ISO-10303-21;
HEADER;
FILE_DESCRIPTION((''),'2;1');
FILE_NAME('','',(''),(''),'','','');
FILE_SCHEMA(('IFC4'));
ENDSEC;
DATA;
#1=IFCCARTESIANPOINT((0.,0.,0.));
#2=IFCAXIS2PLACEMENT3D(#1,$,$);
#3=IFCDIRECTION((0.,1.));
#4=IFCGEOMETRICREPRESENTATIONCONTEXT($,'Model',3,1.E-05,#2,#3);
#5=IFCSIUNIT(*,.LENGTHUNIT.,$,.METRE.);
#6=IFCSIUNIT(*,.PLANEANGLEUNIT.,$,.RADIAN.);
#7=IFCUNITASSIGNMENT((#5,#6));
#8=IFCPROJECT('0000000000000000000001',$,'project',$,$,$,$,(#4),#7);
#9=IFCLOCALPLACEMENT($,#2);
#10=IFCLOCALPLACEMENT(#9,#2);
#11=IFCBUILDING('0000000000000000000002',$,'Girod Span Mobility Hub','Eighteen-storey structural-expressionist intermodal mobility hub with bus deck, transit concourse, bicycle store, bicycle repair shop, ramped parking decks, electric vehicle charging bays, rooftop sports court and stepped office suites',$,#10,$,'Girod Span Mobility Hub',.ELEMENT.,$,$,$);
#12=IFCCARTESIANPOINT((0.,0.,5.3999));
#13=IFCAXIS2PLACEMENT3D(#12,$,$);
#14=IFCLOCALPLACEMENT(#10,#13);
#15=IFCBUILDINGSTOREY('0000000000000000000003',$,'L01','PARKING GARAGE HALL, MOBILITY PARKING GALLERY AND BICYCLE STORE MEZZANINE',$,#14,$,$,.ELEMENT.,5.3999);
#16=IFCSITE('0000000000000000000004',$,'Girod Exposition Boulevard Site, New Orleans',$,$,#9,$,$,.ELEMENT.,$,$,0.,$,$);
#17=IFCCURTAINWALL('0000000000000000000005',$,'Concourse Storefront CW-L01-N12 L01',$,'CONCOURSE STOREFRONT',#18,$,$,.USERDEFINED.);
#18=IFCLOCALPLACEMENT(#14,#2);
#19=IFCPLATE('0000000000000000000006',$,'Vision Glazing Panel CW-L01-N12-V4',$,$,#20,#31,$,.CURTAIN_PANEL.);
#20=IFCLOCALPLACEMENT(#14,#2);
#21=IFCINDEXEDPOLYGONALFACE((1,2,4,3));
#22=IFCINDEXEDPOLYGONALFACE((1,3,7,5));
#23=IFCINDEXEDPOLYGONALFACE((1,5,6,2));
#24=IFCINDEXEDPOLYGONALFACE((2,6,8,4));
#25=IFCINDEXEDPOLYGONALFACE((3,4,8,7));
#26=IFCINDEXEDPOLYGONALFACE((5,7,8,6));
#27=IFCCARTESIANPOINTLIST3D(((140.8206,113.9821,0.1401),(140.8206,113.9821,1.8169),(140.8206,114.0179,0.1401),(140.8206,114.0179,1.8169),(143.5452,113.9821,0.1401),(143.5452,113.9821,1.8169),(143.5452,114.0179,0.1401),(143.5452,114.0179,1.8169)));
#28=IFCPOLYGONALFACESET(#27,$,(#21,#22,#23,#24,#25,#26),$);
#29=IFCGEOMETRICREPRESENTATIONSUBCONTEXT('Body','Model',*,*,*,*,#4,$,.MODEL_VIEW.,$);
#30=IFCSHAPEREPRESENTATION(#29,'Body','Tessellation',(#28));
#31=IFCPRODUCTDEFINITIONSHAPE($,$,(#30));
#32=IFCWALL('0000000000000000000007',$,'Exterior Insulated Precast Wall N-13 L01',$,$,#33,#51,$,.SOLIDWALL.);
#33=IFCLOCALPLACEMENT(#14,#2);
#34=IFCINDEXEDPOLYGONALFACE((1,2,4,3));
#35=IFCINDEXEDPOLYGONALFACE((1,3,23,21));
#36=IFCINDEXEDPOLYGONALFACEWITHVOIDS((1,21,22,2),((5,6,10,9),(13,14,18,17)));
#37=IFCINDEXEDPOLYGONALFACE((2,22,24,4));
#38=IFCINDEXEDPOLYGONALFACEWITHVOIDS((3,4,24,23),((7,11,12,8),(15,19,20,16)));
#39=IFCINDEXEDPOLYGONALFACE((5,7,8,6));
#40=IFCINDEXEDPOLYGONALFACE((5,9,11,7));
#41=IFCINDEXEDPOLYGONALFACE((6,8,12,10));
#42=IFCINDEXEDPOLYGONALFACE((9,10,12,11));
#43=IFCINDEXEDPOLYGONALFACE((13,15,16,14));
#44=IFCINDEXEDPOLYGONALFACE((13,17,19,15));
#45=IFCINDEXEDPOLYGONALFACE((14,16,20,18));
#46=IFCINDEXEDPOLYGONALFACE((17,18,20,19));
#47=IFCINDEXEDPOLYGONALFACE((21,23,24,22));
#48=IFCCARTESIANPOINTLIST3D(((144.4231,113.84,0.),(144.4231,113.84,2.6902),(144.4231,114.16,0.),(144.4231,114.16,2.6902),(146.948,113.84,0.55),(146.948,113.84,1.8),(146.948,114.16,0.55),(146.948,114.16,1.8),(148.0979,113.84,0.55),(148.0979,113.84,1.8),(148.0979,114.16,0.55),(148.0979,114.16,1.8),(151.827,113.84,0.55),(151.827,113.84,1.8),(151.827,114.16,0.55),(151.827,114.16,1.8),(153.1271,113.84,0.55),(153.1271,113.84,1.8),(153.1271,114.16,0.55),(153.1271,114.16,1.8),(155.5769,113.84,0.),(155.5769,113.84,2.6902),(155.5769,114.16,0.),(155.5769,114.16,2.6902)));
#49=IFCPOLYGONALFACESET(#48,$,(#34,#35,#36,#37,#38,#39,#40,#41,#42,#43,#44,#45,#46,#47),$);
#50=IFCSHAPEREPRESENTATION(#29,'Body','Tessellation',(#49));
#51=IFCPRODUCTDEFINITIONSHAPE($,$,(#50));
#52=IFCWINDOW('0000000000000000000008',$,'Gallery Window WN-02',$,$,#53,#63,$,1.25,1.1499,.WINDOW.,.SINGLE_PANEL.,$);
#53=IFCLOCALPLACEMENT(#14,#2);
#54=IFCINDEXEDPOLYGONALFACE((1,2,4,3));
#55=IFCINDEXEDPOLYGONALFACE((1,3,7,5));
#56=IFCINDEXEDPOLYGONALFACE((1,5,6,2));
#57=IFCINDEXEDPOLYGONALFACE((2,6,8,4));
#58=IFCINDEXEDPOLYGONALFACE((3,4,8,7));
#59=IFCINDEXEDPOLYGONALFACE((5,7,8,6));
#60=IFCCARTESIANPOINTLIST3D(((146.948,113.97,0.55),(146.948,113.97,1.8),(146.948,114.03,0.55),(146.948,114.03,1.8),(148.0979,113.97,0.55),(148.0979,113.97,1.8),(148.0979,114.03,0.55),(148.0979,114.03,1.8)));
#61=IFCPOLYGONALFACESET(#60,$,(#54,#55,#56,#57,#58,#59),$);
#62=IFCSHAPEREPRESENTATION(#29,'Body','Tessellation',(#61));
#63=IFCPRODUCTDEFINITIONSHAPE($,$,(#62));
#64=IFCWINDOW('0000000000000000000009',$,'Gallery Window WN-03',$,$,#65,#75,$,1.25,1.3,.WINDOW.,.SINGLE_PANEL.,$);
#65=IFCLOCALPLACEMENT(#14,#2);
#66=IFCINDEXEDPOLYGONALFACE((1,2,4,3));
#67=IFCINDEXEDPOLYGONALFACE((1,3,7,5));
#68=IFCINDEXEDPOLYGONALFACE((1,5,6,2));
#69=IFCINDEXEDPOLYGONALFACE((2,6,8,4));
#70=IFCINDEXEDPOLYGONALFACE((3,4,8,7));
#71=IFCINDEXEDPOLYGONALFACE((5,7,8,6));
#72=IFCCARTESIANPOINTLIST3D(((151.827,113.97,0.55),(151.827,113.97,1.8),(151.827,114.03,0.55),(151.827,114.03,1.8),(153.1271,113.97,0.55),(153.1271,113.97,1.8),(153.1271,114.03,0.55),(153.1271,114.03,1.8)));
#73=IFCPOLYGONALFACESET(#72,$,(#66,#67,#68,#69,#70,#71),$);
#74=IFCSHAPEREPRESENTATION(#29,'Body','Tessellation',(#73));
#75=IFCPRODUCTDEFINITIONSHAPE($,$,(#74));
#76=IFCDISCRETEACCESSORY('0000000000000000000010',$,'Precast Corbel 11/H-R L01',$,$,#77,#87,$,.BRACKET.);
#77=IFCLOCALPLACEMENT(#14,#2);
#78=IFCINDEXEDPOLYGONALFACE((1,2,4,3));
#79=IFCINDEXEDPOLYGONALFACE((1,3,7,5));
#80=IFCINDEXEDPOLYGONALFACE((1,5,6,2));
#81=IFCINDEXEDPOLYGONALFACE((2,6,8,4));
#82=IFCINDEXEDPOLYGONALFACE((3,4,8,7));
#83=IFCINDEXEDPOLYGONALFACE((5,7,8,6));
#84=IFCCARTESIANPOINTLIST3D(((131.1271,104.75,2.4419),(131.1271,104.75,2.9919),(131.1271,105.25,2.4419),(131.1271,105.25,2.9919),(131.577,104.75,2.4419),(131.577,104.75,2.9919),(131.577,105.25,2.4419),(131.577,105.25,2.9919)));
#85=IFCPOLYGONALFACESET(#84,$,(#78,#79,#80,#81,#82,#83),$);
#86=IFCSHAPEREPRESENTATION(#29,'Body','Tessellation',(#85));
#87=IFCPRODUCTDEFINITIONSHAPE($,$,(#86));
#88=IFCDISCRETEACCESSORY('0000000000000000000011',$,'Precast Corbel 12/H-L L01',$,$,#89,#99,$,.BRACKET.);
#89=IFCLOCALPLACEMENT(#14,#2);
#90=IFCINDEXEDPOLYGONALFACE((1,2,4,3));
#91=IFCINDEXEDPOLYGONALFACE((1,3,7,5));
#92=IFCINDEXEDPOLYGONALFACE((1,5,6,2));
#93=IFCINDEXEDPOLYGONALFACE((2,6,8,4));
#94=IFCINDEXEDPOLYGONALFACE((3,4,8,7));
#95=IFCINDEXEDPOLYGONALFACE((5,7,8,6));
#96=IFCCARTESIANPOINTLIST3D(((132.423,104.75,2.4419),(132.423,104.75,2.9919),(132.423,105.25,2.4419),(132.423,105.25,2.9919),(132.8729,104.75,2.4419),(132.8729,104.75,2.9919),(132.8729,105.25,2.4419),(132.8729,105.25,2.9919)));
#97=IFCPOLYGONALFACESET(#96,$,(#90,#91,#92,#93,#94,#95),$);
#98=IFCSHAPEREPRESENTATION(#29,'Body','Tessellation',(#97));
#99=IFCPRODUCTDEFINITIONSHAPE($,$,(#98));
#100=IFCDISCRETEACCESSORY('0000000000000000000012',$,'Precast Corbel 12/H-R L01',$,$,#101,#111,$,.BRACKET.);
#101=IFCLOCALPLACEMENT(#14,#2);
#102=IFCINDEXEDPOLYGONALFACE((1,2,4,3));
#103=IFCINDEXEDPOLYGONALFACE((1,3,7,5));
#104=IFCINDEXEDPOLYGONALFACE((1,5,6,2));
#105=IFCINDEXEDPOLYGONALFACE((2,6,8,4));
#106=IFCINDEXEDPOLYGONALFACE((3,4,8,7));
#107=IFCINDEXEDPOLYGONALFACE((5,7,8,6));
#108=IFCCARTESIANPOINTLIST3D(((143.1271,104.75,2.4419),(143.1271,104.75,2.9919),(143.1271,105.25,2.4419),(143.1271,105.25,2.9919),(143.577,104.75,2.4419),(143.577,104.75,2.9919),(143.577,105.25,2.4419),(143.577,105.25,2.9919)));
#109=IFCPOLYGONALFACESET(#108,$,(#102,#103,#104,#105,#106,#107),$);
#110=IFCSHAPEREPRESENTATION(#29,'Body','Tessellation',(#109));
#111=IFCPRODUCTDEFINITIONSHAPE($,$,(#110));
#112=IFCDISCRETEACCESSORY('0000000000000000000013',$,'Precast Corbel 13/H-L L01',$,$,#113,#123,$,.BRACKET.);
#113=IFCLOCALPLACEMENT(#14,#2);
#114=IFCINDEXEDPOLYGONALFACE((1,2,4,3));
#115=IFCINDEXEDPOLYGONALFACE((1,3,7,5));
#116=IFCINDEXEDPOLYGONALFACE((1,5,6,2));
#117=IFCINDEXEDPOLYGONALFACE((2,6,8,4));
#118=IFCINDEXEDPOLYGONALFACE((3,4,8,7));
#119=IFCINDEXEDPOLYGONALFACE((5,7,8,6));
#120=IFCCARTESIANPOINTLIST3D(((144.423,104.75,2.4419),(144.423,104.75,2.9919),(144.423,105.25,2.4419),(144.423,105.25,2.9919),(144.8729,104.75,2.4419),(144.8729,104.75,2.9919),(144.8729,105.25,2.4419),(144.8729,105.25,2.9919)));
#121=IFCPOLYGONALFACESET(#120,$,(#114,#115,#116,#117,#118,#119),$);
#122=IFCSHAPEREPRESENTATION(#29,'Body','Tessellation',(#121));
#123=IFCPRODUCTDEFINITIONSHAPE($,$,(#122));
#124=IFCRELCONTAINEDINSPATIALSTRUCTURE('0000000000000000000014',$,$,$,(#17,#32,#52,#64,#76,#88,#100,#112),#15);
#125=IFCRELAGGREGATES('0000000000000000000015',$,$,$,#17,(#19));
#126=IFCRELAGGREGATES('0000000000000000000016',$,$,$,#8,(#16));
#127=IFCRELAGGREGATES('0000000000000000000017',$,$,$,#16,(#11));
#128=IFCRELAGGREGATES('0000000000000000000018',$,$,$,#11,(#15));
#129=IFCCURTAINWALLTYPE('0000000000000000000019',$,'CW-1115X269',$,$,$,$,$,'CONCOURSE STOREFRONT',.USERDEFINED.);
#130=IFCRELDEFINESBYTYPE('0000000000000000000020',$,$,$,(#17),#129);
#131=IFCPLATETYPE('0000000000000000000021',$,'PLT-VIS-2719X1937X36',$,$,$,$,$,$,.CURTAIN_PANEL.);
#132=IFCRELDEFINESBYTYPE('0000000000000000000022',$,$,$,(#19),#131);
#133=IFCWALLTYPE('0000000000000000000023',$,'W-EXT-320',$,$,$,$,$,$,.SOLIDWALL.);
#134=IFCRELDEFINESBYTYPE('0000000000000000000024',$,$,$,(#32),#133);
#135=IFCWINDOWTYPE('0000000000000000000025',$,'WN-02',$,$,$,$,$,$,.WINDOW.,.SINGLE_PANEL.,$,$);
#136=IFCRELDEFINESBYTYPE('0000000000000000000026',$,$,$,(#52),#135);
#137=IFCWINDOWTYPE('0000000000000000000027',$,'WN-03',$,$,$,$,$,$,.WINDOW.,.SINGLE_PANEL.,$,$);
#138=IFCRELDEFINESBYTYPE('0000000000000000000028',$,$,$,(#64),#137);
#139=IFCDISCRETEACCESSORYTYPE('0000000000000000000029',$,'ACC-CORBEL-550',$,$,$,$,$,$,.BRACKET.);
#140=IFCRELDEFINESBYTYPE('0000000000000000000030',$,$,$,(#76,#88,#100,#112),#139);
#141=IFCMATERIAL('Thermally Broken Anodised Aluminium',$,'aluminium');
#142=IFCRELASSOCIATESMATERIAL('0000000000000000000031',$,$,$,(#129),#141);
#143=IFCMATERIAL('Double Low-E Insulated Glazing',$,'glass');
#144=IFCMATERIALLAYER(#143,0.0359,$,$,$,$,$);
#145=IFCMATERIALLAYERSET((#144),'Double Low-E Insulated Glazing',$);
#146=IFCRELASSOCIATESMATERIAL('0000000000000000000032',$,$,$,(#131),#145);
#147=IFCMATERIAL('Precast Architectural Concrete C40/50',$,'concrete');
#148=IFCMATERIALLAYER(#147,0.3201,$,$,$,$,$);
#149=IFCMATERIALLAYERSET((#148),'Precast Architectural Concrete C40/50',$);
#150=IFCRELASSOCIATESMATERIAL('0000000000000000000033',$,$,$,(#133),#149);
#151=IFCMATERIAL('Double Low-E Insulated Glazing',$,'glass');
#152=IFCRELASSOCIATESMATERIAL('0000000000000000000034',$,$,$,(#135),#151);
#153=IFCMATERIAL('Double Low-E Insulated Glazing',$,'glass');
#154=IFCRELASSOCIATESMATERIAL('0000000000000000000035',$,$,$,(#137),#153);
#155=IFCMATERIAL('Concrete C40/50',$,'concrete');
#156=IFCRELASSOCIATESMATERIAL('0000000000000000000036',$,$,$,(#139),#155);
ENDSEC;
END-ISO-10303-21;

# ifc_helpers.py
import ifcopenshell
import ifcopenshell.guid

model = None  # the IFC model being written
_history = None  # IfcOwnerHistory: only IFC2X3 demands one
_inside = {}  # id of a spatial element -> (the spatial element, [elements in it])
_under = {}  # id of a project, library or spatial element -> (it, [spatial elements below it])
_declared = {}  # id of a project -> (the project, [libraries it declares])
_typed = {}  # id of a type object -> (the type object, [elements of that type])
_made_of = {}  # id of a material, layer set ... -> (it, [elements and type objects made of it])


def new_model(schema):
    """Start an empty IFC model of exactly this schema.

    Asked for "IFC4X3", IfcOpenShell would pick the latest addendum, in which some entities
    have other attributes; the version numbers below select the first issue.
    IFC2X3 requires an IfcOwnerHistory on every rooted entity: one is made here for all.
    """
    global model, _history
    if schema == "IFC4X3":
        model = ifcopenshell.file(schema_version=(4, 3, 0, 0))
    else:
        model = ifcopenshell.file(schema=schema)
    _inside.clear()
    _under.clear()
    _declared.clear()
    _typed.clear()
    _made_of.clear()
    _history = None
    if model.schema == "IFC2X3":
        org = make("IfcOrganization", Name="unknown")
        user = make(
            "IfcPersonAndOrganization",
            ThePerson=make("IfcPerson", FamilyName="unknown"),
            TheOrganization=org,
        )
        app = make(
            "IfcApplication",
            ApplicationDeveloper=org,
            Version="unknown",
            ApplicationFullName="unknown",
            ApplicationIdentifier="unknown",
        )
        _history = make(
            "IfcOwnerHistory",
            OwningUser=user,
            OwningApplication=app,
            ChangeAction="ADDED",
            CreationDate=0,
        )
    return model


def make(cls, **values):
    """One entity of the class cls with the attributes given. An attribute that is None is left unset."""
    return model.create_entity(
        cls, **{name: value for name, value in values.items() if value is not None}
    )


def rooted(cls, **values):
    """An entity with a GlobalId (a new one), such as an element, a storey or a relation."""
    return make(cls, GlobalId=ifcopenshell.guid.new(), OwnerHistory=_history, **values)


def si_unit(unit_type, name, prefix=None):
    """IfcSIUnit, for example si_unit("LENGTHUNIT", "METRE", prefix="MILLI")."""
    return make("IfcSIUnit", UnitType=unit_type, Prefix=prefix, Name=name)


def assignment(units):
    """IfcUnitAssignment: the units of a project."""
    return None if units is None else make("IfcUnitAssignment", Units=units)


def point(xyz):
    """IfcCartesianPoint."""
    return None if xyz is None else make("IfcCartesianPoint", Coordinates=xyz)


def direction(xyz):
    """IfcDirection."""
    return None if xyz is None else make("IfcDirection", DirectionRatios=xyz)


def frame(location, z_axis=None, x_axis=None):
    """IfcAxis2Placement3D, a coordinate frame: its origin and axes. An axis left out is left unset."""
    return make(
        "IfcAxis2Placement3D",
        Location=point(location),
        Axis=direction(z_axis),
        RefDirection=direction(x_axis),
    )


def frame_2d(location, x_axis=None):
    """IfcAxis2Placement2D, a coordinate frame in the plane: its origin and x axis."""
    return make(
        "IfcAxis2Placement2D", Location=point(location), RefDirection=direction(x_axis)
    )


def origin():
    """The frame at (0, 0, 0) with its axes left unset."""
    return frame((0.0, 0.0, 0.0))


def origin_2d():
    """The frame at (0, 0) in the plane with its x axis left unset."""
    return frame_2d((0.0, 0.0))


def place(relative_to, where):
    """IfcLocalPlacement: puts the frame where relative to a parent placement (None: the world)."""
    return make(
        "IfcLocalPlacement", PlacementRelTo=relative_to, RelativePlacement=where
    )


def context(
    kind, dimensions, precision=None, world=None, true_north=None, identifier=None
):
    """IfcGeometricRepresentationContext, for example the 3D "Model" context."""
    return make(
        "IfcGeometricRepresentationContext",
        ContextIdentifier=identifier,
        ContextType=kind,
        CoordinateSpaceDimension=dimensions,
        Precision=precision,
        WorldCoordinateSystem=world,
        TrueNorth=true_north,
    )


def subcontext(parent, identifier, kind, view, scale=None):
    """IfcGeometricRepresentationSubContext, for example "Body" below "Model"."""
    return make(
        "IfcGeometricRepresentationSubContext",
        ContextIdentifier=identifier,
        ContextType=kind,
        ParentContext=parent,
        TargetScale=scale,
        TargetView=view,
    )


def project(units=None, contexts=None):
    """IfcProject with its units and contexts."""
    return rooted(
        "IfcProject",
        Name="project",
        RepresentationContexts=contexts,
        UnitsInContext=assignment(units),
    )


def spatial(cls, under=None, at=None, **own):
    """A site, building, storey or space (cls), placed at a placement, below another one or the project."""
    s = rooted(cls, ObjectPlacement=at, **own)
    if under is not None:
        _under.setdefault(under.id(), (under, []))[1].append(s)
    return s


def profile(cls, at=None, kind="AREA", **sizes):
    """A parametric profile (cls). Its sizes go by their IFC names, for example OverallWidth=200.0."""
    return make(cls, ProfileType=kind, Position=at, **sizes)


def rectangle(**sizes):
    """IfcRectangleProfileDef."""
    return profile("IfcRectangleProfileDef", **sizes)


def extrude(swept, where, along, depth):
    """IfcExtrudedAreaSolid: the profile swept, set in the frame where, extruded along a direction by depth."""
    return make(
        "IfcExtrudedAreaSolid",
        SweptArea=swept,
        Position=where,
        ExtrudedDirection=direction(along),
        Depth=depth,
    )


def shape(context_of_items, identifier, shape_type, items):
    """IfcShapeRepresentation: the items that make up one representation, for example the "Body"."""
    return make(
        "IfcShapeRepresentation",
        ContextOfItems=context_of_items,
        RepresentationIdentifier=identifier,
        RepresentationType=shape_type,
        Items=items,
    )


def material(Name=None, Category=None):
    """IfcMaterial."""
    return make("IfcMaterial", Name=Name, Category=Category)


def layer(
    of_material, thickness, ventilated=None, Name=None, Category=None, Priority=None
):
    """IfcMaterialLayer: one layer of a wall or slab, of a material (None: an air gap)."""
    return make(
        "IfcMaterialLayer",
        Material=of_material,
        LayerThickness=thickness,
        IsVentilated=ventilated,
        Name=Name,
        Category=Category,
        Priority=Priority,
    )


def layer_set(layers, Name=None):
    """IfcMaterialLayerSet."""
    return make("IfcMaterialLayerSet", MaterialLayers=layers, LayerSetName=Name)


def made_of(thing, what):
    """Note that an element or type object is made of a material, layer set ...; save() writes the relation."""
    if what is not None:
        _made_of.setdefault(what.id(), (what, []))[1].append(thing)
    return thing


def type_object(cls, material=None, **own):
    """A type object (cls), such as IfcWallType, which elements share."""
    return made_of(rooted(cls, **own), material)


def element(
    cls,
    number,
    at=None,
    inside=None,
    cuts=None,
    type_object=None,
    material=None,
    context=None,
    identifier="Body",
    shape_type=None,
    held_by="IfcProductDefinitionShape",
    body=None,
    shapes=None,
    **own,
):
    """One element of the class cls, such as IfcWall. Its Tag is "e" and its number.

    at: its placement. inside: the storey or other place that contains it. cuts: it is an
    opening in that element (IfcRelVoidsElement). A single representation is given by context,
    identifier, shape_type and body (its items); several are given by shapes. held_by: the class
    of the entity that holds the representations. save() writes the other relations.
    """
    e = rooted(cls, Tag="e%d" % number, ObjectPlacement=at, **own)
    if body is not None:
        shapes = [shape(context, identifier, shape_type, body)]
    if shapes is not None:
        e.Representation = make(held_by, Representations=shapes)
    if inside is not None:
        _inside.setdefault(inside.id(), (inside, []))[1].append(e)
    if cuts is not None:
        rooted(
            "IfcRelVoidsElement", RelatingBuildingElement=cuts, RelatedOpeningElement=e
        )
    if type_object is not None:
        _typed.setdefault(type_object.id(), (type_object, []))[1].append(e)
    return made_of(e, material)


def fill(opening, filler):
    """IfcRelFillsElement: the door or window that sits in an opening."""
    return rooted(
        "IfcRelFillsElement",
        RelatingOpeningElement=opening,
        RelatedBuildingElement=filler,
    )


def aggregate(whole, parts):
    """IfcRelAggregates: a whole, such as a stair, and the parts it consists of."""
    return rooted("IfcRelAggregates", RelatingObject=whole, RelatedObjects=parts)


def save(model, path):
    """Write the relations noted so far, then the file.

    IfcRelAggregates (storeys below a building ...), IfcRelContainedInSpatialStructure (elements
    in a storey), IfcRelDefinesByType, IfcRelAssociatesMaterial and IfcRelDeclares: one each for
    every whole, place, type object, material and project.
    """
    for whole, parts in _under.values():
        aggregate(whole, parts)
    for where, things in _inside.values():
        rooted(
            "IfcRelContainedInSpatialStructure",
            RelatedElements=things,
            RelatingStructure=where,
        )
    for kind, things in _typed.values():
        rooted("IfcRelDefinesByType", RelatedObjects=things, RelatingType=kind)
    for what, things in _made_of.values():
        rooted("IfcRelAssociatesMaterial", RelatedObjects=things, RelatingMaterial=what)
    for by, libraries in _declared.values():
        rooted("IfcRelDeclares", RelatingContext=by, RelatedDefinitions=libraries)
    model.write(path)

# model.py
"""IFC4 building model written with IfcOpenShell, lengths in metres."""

from ifc_helpers import new_model, si_unit, direction, frame, frame_2d, origin, origin_2d, place, context, subcontext, project, spatial, rectangle, extrude, material, layer, layer_set, type_object, element, fill, aggregate, save


model = new_model("IFC4")

# Units and contexts
model_context = context("Model", 3, precision=1e-05, world=origin(), true_north=direction((0.0, 1.0)))
body_context = subcontext(model_context, "Body", "Model", "MODEL_VIEW")
ifc_project = project(units=[si_unit("LENGTHUNIT", "METRE"), si_unit("PLANEANGLEUNIT", "RADIAN")], contexts=[model_context])

# Site, building, storey
site_placement = place(None, origin())
site = spatial("IfcSite", under=ifc_project, at=site_placement, Name="Girod Exposition Boulevard Site, New Orleans", CompositionType="ELEMENT", RefElevation=0.0)
building_placement = place(site_placement, origin())
building = spatial("IfcBuilding", under=site, at=building_placement, Name="Girod Span Mobility Hub", Description="Eighteen-storey structural-expressionist intermodal mobility hub with bus deck, transit concourse, bicycle store, bicycle repair shop, ramped parking decks, electric vehicle charging bays, rooftop sports court and stepped office suites", LongName="Girod Span Mobility Hub", CompositionType="ELEMENT")
storey_placement = place(building_placement, frame((0.0, 0.0, 5.3999)))
storey = spatial("IfcBuildingStorey", under=building, at=storey_placement, Name="L01", Description="PARKING GARAGE HALL, MOBILITY PARKING GALLERY AND BICYCLE STORE MEZZANINE", CompositionType="ELEMENT", Elevation=5.3999)

# Curtain wall
ifc_material_1 = material(Name="Thermally Broken Anodised Aluminium", Category="aluminium")
curtain_wall_type = type_object("IfcCurtainWallType", Name="CW-1115X269", ElementType="CONCOURSE STOREFRONT", PredefinedType="USERDEFINED", material=ifc_material_1)
curtain_wall_placement = place(storey_placement, origin())
curtain_wall = element("IfcCurtainWall", 1, at=curtain_wall_placement, inside=storey, type_object=curtain_wall_type, Name="Concourse Storefront CW-L01-N12 L01", ObjectType="CONCOURSE STOREFRONT", PredefinedType="USERDEFINED")

# Plate
ifc_material_2 = material(Name="Double Low-E Insulated Glazing", Category="glass")
ifc_layer_1 = layer(ifc_material_2, 0.0359)
ifc_layer_set_1 = layer_set([ifc_layer_1], Name="Double Low-E Insulated Glazing")
plate_type_1 = type_object("IfcPlateType", Name="PLT-VIS-2719X1937X36", PredefinedType="CURTAIN_PANEL", material=ifc_layer_set_1)
plate_1_placement = place(storey_placement, frame((142.1829, 114.0, 0.1401), z_axis=(0.0, 0.0, 1.0), x_axis=(1.0, 0.0, 0.0)))
plate_1 = element("IfcPlate", 2, at=plate_1_placement, type_object=plate_type_1, Name="Vision Glazing Panel CW-L01-N12-V4", PredefinedType="CURTAIN_PANEL", context=body_context, shape_type="SweptSolid", body=[
    extrude(rectangle(XDim=2.7246, YDim=0.0359, at=origin_2d()), origin(), (0.0, 0.0, 1.0), 1.6768),
])
aggregate(curtain_wall, [plate_1])

# Wall, openings, windows
ifc_material_3 = material(Name="Precast Architectural Concrete C40/50", Category="concrete")
ifc_layer_2 = layer(ifc_material_3, 0.3201)
ifc_layer_set_2 = layer_set([ifc_layer_2], Name="Precast Architectural Concrete C40/50")
wall_type = type_object("IfcWallType", Name="W-EXT-320", PredefinedType="SOLIDWALL", material=ifc_layer_set_2)
wall_placement = place(storey_placement, frame((144.4231, 114.0, 0.0), z_axis=(0.0, 0.0, 1.0), x_axis=(1.0, 0.0, 0.0)))
wall = element("IfcWall", 3, at=wall_placement, inside=storey, type_object=wall_type, Name="Exterior Insulated Precast Wall N-13 L01", PredefinedType="SOLIDWALL", context=body_context, shape_type="SweptSolid", body=[
    extrude(rectangle(XDim=11.1538, YDim=0.3201, at=frame_2d((5.5769, 0.0))), origin(), (0.0, 0.0, 1.0), 2.6902),
])
opening_1_placement = place(wall_placement, frame((2.5249, 0.0, 0.55)))
opening_1 = element("IfcOpeningElement", 4, at=opening_1_placement, cuts=wall, PredefinedType="OPENING", context=body_context, shape_type="SweptSolid", body=[
    extrude(rectangle(XDim=1.1499, YDim=1.25, at=frame_2d((0.575, 0.625))), frame((0.0, 0.175, 0.0), z_axis=(0.0, -1.0, 0.0), x_axis=(1.0, 0.0, 0.0)), (0.0, 0.0, 1.0), 0.3501),
])
opening_2_placement = place(wall_placement, frame((7.4041, 0.0, 0.55)))
opening_2 = element("IfcOpeningElement", 5, at=opening_2_placement, cuts=wall, PredefinedType="OPENING", context=body_context, shape_type="SweptSolid", body=[
    extrude(rectangle(XDim=1.3, YDim=1.25, at=frame_2d((0.6499, 0.625))), frame((0.0, 0.175, 0.0), z_axis=(0.0, -1.0, 0.0), x_axis=(1.0, 0.0, 0.0)), (0.0, 0.0, 1.0), 0.3501),
])
ifc_material_4 = material(Name="Double Low-E Insulated Glazing", Category="glass")
window_type_1 = type_object("IfcWindowType", Name="WN-02", PartitioningType="SINGLE_PANEL", PredefinedType="WINDOW", material=ifc_material_4)
window_1_placement = place(opening_1_placement, origin())
window_1 = element("IfcWindow", 6, at=window_1_placement, inside=storey, type_object=window_type_1, Name="Gallery Window WN-02", OverallHeight=1.25, OverallWidth=1.1499, PartitioningType="SINGLE_PANEL", PredefinedType="WINDOW", context=body_context, shape_type="SweptSolid", body=[
    extrude(rectangle(XDim=1.1499, YDim=1.25, at=frame_2d((0.575, 0.625))), frame((0.0, 0.03, 0.0), z_axis=(0.0, -1.0, 0.0), x_axis=(1.0, 0.0, 0.0)), (0.0, 0.0, 1.0), 0.0601),
])
fill(opening_1, window_1)
ifc_material_5 = material(Name="Double Low-E Insulated Glazing", Category="glass")
window_type_2 = type_object("IfcWindowType", Name="WN-03", PartitioningType="SINGLE_PANEL", PredefinedType="WINDOW", material=ifc_material_5)
window_2_placement = place(opening_2_placement, origin())
window_2 = element("IfcWindow", 7, at=window_2_placement, inside=storey, type_object=window_type_2, Name="Gallery Window WN-03", OverallHeight=1.25, OverallWidth=1.3, PartitioningType="SINGLE_PANEL", PredefinedType="WINDOW", context=body_context, shape_type="SweptSolid", body=[
    extrude(rectangle(XDim=1.3, YDim=1.25, at=frame_2d((0.6499, 0.625))), frame((0.0, 0.03, 0.0), z_axis=(0.0, -1.0, 0.0), x_axis=(1.0, 0.0, 0.0)), (0.0, 0.0, 1.0), 0.0601),
])
fill(opening_2, window_2)

# Discrete accessories
ifc_material_6 = material(Name="Concrete C40/50", Category="concrete")
discrete_accessory_type = type_object("IfcDiscreteAccessoryType", Name="ACC-CORBEL-550", PredefinedType="BRACKET", material=ifc_material_6)
for number, where, z_axis, x_axis, name in (
    (8, (131.3521, 105.0, 2.4419), (0.0, 0.0, 1.0), (1.0, 0.0, 0.0), "Precast Corbel 11/H-R L01"),
    (9, (132.6479, 105.0, 2.4419), (0.0, 0.0, 1.0), (1.0, 0.0, 0.0), "Precast Corbel 12/H-L L01"),
    (10, (143.3521, 105.0, 2.4419), (0.0, 0.0, 1.0), (1.0, 0.0, 0.0), "Precast Corbel 12/H-R L01"),
    (11, (144.6479, 105.0, 2.4419), (0.0, 0.0, 1.0), (1.0, 0.0, 0.0), "Precast Corbel 13/H-L L01"),
):
    element("IfcDiscreteAccessory", number, at=place(storey_placement, frame(where, z_axis=z_axis, x_axis=x_axis)), inside=storey, type_object=discrete_accessory_type, Name=name, PredefinedType="BRACKET", context=body_context, shape_type="SweptSolid", body=[
        extrude(rectangle(XDim=0.45, YDim=0.5, at=origin_2d()), origin(), (0.0, 0.0, 1.0), 0.55),
    ])

save(model, "model.ifc")
